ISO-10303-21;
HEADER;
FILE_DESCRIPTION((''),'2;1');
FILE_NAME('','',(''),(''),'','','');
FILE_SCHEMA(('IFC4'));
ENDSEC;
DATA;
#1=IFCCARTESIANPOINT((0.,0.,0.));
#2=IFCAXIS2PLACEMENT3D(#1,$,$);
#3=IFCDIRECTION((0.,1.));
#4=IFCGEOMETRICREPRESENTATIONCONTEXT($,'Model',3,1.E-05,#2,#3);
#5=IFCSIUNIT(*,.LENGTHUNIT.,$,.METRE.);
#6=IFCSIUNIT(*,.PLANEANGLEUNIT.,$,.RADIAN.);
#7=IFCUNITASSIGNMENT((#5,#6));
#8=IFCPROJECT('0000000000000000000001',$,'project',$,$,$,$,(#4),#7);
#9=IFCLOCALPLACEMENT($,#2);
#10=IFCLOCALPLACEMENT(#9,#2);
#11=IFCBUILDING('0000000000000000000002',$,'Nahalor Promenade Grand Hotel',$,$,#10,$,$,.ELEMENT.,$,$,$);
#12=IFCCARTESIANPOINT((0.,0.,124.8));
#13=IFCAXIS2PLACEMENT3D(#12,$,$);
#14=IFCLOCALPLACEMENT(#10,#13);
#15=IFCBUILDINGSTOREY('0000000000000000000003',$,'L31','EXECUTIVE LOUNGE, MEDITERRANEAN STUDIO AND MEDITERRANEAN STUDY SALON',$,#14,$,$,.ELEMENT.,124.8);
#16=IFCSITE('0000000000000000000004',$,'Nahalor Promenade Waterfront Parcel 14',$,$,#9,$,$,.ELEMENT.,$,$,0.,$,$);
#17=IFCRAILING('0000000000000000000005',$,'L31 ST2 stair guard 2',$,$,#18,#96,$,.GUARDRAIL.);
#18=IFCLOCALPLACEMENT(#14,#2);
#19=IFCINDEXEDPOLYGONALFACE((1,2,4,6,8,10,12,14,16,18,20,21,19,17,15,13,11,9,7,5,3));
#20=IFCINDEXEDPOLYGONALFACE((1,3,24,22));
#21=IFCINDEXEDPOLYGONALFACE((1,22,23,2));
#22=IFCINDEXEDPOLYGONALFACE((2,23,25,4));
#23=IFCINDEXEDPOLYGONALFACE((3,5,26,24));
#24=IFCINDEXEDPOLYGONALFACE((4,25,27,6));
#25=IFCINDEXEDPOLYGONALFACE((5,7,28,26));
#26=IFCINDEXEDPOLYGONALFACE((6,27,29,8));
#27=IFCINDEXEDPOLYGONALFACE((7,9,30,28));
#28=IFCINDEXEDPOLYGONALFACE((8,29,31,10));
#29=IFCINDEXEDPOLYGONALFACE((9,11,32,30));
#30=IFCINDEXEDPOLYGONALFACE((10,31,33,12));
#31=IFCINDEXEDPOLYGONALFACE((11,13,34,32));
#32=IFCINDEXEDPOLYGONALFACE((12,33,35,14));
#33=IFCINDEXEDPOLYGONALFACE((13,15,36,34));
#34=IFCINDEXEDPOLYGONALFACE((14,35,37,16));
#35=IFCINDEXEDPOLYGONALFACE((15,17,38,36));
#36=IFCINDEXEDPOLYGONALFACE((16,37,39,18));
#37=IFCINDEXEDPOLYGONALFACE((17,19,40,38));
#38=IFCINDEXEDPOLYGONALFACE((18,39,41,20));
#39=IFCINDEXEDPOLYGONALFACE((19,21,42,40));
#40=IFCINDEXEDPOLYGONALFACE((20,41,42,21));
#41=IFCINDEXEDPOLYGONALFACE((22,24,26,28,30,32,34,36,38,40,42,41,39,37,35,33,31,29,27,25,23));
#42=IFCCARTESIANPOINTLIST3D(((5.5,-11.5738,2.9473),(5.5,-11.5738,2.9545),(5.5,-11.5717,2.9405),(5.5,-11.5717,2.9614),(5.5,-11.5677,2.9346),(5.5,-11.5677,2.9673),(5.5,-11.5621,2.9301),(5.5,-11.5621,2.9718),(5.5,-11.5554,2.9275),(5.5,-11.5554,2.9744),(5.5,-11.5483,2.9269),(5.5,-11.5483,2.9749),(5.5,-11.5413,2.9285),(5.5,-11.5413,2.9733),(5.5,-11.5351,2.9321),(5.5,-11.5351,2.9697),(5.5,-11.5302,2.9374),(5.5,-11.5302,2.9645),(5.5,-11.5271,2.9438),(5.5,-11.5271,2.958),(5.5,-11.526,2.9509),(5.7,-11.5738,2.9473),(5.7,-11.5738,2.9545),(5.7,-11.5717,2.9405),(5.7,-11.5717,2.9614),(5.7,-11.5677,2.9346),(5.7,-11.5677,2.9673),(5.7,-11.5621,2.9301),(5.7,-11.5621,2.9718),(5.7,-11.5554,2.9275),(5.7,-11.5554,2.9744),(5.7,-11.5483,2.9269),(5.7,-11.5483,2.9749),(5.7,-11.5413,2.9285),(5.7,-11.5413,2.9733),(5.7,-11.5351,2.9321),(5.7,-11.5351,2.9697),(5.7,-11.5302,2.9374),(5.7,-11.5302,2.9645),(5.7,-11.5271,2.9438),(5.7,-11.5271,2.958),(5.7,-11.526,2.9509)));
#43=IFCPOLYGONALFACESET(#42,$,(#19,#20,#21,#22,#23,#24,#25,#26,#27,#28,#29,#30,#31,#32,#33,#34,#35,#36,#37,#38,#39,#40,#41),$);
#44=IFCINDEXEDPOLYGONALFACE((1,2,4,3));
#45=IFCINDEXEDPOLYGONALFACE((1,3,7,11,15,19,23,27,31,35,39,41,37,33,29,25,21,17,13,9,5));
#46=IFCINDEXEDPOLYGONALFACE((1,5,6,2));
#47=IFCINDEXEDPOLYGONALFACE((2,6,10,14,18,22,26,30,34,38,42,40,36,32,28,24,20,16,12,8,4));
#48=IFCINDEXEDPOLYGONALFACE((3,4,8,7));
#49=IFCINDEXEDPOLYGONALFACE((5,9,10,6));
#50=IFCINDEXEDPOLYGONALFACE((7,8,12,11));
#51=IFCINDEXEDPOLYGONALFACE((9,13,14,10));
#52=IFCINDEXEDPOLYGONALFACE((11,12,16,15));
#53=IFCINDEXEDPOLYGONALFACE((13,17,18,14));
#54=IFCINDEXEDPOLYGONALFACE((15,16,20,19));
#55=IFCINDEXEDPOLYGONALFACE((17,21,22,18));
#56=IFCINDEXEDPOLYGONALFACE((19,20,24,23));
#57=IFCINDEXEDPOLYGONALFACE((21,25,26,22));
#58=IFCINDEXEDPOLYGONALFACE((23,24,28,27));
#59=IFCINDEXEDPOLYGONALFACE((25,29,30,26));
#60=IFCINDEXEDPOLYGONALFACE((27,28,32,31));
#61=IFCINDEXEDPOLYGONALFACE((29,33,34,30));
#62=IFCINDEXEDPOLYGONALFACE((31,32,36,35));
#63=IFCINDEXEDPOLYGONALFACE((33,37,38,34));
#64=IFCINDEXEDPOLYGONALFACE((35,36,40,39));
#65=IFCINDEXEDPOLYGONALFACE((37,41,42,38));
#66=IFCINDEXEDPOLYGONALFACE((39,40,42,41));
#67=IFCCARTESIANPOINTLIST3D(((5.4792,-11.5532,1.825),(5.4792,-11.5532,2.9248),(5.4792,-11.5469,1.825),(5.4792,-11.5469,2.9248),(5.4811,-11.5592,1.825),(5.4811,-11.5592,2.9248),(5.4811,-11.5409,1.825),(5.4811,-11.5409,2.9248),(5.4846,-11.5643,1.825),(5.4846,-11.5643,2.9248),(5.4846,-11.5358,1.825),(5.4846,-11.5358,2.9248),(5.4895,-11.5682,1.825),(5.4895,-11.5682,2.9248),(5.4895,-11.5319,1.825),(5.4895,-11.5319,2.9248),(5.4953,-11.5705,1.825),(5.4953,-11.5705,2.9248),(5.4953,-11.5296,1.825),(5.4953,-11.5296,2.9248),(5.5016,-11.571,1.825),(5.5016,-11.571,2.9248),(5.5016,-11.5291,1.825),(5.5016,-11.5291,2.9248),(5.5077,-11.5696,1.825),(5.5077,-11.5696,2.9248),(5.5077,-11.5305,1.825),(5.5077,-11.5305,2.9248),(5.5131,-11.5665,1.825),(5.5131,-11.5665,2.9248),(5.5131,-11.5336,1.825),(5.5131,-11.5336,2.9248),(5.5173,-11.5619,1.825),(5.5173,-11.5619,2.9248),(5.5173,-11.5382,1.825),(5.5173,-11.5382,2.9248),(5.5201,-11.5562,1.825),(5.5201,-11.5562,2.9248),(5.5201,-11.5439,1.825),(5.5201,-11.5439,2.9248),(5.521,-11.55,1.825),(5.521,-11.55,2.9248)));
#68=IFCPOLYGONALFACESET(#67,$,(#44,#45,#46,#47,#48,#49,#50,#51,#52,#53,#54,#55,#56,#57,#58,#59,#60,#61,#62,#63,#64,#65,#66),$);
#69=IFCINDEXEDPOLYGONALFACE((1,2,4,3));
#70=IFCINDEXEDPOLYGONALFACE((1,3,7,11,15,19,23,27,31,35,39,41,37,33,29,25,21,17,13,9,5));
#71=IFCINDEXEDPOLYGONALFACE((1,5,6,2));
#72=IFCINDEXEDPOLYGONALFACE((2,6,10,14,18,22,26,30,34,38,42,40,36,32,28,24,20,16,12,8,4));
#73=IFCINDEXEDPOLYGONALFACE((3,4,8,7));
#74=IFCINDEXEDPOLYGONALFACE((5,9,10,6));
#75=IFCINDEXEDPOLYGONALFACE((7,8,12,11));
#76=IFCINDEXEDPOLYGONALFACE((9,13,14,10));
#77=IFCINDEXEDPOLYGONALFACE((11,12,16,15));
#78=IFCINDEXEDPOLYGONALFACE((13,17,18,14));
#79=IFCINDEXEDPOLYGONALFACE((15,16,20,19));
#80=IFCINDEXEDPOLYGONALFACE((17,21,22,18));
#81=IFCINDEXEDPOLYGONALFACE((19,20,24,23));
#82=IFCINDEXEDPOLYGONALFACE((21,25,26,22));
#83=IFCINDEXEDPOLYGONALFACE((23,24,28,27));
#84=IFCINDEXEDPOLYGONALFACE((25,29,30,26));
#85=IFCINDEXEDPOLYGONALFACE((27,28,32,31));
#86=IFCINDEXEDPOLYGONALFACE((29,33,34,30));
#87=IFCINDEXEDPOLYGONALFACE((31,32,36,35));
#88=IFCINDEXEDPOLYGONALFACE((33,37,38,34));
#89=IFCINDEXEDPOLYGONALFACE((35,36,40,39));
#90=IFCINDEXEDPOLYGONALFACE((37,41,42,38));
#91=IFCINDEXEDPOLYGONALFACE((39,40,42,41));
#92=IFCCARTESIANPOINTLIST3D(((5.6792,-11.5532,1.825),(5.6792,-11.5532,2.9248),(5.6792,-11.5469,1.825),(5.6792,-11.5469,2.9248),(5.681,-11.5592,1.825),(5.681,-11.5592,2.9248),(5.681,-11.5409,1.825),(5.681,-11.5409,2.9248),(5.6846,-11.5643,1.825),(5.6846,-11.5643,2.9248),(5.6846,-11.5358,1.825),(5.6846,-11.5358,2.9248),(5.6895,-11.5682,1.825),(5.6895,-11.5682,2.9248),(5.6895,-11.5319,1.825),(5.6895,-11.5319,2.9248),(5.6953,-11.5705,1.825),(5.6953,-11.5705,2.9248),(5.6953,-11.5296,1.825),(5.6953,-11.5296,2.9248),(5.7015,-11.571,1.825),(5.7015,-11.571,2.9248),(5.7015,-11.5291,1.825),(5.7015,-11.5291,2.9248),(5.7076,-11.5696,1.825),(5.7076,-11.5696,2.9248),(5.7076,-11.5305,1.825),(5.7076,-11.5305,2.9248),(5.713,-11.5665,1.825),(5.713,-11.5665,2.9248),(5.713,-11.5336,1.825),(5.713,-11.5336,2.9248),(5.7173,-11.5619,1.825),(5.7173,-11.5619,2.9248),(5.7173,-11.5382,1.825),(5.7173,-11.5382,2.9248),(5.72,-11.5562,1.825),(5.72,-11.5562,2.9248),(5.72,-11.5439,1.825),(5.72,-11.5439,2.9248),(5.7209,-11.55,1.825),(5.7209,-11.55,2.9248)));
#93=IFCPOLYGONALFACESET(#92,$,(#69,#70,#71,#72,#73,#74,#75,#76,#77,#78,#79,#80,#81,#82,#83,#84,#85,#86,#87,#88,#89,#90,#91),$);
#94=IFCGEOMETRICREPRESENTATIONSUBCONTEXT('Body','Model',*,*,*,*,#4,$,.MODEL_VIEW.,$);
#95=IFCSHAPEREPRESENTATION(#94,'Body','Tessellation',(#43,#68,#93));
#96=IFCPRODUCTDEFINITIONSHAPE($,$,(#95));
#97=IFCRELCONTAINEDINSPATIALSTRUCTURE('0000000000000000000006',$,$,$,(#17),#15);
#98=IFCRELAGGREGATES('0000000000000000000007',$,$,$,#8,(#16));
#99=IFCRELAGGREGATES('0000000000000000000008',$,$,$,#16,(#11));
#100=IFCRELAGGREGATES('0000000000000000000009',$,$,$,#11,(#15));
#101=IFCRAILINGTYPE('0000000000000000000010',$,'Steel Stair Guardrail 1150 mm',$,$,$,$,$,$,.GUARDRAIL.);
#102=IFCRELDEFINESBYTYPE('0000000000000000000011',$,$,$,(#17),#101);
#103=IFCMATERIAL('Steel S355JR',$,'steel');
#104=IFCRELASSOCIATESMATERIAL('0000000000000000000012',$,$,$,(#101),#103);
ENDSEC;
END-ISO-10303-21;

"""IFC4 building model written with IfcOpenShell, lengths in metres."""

from ifc_helpers import new_model, si_unit, direction, frame, origin, origin_2d, place, context, subcontext, project, spatial, circle, extrude, material, type_object, element, save


model = new_model("IFC4")

# Units and contexts
model_context = context("Model", 3, precision=1e-05, world=origin(), true_north=direction((0.0, 1.0)))
body_context = subcontext(model_context, "Body", "Model", "MODEL_VIEW")
ifc_project = project(units=[si_unit("LENGTHUNIT", "METRE"), si_unit("PLANEANGLEUNIT", "RADIAN")], contexts=[model_context])

# Site, building, storey
site_placement = place(None, origin())
site = spatial("IfcSite", under=ifc_project, at=site_placement, Name="Nahalor Promenade Waterfront Parcel 14", CompositionType="ELEMENT", RefElevation=0.0)
building_placement = place(site_placement, origin())
building = spatial("IfcBuilding", under=site, at=building_placement, Name="Nahalor Promenade Grand Hotel", CompositionType="ELEMENT")
storey_placement = place(building_placement, frame((0.0, 0.0, 124.8)))
storey = spatial("IfcBuildingStorey", under=building, at=storey_placement, Name="L31", Description="EXECUTIVE LOUNGE, MEDITERRANEAN STUDIO AND MEDITERRANEAN STUDY SALON", CompositionType="ELEMENT", Elevation=124.8)

# Shared definitions
ifc_material_1 = material(Name="Steel S355JR", Category="steel")

# Railing
railing_type_1 = type_object("IfcRailingType", Name="Steel Stair Guardrail 1150 mm", PredefinedType="GUARDRAIL", material=ifc_material_1)
railing_1_placement = place(storey_placement, frame((5.5, -11.55, 1.825)))
element("IfcRailing", 1, at=railing_1_placement, inside=storey, type_object=railing_type_1, Name="L31 ST2 stair guard 2", PredefinedType="GUARDRAIL", context=body_context, shape_type="SweptSolid", body=[
    extrude(circle(Radius=0.024, at=origin_2d()), frame((0.0, 0.0, 1.126), z_axis=(1.0, 0.0, 0.0), x_axis=(0.0, 1.0, 0.0)), (0.0, 0.0, 1.0), 0.2),
    extrude(circle(Radius=0.021, at=origin_2d()), origin(), (0.0, 0.0, 1.0), 1.0999),
    extrude(circle(Radius=0.021, at=origin_2d()), frame((0.2, 0.0, 0.0)), (0.0, 0.0, 1.0), 1.0999),
])

save(model, "model.ifc")
